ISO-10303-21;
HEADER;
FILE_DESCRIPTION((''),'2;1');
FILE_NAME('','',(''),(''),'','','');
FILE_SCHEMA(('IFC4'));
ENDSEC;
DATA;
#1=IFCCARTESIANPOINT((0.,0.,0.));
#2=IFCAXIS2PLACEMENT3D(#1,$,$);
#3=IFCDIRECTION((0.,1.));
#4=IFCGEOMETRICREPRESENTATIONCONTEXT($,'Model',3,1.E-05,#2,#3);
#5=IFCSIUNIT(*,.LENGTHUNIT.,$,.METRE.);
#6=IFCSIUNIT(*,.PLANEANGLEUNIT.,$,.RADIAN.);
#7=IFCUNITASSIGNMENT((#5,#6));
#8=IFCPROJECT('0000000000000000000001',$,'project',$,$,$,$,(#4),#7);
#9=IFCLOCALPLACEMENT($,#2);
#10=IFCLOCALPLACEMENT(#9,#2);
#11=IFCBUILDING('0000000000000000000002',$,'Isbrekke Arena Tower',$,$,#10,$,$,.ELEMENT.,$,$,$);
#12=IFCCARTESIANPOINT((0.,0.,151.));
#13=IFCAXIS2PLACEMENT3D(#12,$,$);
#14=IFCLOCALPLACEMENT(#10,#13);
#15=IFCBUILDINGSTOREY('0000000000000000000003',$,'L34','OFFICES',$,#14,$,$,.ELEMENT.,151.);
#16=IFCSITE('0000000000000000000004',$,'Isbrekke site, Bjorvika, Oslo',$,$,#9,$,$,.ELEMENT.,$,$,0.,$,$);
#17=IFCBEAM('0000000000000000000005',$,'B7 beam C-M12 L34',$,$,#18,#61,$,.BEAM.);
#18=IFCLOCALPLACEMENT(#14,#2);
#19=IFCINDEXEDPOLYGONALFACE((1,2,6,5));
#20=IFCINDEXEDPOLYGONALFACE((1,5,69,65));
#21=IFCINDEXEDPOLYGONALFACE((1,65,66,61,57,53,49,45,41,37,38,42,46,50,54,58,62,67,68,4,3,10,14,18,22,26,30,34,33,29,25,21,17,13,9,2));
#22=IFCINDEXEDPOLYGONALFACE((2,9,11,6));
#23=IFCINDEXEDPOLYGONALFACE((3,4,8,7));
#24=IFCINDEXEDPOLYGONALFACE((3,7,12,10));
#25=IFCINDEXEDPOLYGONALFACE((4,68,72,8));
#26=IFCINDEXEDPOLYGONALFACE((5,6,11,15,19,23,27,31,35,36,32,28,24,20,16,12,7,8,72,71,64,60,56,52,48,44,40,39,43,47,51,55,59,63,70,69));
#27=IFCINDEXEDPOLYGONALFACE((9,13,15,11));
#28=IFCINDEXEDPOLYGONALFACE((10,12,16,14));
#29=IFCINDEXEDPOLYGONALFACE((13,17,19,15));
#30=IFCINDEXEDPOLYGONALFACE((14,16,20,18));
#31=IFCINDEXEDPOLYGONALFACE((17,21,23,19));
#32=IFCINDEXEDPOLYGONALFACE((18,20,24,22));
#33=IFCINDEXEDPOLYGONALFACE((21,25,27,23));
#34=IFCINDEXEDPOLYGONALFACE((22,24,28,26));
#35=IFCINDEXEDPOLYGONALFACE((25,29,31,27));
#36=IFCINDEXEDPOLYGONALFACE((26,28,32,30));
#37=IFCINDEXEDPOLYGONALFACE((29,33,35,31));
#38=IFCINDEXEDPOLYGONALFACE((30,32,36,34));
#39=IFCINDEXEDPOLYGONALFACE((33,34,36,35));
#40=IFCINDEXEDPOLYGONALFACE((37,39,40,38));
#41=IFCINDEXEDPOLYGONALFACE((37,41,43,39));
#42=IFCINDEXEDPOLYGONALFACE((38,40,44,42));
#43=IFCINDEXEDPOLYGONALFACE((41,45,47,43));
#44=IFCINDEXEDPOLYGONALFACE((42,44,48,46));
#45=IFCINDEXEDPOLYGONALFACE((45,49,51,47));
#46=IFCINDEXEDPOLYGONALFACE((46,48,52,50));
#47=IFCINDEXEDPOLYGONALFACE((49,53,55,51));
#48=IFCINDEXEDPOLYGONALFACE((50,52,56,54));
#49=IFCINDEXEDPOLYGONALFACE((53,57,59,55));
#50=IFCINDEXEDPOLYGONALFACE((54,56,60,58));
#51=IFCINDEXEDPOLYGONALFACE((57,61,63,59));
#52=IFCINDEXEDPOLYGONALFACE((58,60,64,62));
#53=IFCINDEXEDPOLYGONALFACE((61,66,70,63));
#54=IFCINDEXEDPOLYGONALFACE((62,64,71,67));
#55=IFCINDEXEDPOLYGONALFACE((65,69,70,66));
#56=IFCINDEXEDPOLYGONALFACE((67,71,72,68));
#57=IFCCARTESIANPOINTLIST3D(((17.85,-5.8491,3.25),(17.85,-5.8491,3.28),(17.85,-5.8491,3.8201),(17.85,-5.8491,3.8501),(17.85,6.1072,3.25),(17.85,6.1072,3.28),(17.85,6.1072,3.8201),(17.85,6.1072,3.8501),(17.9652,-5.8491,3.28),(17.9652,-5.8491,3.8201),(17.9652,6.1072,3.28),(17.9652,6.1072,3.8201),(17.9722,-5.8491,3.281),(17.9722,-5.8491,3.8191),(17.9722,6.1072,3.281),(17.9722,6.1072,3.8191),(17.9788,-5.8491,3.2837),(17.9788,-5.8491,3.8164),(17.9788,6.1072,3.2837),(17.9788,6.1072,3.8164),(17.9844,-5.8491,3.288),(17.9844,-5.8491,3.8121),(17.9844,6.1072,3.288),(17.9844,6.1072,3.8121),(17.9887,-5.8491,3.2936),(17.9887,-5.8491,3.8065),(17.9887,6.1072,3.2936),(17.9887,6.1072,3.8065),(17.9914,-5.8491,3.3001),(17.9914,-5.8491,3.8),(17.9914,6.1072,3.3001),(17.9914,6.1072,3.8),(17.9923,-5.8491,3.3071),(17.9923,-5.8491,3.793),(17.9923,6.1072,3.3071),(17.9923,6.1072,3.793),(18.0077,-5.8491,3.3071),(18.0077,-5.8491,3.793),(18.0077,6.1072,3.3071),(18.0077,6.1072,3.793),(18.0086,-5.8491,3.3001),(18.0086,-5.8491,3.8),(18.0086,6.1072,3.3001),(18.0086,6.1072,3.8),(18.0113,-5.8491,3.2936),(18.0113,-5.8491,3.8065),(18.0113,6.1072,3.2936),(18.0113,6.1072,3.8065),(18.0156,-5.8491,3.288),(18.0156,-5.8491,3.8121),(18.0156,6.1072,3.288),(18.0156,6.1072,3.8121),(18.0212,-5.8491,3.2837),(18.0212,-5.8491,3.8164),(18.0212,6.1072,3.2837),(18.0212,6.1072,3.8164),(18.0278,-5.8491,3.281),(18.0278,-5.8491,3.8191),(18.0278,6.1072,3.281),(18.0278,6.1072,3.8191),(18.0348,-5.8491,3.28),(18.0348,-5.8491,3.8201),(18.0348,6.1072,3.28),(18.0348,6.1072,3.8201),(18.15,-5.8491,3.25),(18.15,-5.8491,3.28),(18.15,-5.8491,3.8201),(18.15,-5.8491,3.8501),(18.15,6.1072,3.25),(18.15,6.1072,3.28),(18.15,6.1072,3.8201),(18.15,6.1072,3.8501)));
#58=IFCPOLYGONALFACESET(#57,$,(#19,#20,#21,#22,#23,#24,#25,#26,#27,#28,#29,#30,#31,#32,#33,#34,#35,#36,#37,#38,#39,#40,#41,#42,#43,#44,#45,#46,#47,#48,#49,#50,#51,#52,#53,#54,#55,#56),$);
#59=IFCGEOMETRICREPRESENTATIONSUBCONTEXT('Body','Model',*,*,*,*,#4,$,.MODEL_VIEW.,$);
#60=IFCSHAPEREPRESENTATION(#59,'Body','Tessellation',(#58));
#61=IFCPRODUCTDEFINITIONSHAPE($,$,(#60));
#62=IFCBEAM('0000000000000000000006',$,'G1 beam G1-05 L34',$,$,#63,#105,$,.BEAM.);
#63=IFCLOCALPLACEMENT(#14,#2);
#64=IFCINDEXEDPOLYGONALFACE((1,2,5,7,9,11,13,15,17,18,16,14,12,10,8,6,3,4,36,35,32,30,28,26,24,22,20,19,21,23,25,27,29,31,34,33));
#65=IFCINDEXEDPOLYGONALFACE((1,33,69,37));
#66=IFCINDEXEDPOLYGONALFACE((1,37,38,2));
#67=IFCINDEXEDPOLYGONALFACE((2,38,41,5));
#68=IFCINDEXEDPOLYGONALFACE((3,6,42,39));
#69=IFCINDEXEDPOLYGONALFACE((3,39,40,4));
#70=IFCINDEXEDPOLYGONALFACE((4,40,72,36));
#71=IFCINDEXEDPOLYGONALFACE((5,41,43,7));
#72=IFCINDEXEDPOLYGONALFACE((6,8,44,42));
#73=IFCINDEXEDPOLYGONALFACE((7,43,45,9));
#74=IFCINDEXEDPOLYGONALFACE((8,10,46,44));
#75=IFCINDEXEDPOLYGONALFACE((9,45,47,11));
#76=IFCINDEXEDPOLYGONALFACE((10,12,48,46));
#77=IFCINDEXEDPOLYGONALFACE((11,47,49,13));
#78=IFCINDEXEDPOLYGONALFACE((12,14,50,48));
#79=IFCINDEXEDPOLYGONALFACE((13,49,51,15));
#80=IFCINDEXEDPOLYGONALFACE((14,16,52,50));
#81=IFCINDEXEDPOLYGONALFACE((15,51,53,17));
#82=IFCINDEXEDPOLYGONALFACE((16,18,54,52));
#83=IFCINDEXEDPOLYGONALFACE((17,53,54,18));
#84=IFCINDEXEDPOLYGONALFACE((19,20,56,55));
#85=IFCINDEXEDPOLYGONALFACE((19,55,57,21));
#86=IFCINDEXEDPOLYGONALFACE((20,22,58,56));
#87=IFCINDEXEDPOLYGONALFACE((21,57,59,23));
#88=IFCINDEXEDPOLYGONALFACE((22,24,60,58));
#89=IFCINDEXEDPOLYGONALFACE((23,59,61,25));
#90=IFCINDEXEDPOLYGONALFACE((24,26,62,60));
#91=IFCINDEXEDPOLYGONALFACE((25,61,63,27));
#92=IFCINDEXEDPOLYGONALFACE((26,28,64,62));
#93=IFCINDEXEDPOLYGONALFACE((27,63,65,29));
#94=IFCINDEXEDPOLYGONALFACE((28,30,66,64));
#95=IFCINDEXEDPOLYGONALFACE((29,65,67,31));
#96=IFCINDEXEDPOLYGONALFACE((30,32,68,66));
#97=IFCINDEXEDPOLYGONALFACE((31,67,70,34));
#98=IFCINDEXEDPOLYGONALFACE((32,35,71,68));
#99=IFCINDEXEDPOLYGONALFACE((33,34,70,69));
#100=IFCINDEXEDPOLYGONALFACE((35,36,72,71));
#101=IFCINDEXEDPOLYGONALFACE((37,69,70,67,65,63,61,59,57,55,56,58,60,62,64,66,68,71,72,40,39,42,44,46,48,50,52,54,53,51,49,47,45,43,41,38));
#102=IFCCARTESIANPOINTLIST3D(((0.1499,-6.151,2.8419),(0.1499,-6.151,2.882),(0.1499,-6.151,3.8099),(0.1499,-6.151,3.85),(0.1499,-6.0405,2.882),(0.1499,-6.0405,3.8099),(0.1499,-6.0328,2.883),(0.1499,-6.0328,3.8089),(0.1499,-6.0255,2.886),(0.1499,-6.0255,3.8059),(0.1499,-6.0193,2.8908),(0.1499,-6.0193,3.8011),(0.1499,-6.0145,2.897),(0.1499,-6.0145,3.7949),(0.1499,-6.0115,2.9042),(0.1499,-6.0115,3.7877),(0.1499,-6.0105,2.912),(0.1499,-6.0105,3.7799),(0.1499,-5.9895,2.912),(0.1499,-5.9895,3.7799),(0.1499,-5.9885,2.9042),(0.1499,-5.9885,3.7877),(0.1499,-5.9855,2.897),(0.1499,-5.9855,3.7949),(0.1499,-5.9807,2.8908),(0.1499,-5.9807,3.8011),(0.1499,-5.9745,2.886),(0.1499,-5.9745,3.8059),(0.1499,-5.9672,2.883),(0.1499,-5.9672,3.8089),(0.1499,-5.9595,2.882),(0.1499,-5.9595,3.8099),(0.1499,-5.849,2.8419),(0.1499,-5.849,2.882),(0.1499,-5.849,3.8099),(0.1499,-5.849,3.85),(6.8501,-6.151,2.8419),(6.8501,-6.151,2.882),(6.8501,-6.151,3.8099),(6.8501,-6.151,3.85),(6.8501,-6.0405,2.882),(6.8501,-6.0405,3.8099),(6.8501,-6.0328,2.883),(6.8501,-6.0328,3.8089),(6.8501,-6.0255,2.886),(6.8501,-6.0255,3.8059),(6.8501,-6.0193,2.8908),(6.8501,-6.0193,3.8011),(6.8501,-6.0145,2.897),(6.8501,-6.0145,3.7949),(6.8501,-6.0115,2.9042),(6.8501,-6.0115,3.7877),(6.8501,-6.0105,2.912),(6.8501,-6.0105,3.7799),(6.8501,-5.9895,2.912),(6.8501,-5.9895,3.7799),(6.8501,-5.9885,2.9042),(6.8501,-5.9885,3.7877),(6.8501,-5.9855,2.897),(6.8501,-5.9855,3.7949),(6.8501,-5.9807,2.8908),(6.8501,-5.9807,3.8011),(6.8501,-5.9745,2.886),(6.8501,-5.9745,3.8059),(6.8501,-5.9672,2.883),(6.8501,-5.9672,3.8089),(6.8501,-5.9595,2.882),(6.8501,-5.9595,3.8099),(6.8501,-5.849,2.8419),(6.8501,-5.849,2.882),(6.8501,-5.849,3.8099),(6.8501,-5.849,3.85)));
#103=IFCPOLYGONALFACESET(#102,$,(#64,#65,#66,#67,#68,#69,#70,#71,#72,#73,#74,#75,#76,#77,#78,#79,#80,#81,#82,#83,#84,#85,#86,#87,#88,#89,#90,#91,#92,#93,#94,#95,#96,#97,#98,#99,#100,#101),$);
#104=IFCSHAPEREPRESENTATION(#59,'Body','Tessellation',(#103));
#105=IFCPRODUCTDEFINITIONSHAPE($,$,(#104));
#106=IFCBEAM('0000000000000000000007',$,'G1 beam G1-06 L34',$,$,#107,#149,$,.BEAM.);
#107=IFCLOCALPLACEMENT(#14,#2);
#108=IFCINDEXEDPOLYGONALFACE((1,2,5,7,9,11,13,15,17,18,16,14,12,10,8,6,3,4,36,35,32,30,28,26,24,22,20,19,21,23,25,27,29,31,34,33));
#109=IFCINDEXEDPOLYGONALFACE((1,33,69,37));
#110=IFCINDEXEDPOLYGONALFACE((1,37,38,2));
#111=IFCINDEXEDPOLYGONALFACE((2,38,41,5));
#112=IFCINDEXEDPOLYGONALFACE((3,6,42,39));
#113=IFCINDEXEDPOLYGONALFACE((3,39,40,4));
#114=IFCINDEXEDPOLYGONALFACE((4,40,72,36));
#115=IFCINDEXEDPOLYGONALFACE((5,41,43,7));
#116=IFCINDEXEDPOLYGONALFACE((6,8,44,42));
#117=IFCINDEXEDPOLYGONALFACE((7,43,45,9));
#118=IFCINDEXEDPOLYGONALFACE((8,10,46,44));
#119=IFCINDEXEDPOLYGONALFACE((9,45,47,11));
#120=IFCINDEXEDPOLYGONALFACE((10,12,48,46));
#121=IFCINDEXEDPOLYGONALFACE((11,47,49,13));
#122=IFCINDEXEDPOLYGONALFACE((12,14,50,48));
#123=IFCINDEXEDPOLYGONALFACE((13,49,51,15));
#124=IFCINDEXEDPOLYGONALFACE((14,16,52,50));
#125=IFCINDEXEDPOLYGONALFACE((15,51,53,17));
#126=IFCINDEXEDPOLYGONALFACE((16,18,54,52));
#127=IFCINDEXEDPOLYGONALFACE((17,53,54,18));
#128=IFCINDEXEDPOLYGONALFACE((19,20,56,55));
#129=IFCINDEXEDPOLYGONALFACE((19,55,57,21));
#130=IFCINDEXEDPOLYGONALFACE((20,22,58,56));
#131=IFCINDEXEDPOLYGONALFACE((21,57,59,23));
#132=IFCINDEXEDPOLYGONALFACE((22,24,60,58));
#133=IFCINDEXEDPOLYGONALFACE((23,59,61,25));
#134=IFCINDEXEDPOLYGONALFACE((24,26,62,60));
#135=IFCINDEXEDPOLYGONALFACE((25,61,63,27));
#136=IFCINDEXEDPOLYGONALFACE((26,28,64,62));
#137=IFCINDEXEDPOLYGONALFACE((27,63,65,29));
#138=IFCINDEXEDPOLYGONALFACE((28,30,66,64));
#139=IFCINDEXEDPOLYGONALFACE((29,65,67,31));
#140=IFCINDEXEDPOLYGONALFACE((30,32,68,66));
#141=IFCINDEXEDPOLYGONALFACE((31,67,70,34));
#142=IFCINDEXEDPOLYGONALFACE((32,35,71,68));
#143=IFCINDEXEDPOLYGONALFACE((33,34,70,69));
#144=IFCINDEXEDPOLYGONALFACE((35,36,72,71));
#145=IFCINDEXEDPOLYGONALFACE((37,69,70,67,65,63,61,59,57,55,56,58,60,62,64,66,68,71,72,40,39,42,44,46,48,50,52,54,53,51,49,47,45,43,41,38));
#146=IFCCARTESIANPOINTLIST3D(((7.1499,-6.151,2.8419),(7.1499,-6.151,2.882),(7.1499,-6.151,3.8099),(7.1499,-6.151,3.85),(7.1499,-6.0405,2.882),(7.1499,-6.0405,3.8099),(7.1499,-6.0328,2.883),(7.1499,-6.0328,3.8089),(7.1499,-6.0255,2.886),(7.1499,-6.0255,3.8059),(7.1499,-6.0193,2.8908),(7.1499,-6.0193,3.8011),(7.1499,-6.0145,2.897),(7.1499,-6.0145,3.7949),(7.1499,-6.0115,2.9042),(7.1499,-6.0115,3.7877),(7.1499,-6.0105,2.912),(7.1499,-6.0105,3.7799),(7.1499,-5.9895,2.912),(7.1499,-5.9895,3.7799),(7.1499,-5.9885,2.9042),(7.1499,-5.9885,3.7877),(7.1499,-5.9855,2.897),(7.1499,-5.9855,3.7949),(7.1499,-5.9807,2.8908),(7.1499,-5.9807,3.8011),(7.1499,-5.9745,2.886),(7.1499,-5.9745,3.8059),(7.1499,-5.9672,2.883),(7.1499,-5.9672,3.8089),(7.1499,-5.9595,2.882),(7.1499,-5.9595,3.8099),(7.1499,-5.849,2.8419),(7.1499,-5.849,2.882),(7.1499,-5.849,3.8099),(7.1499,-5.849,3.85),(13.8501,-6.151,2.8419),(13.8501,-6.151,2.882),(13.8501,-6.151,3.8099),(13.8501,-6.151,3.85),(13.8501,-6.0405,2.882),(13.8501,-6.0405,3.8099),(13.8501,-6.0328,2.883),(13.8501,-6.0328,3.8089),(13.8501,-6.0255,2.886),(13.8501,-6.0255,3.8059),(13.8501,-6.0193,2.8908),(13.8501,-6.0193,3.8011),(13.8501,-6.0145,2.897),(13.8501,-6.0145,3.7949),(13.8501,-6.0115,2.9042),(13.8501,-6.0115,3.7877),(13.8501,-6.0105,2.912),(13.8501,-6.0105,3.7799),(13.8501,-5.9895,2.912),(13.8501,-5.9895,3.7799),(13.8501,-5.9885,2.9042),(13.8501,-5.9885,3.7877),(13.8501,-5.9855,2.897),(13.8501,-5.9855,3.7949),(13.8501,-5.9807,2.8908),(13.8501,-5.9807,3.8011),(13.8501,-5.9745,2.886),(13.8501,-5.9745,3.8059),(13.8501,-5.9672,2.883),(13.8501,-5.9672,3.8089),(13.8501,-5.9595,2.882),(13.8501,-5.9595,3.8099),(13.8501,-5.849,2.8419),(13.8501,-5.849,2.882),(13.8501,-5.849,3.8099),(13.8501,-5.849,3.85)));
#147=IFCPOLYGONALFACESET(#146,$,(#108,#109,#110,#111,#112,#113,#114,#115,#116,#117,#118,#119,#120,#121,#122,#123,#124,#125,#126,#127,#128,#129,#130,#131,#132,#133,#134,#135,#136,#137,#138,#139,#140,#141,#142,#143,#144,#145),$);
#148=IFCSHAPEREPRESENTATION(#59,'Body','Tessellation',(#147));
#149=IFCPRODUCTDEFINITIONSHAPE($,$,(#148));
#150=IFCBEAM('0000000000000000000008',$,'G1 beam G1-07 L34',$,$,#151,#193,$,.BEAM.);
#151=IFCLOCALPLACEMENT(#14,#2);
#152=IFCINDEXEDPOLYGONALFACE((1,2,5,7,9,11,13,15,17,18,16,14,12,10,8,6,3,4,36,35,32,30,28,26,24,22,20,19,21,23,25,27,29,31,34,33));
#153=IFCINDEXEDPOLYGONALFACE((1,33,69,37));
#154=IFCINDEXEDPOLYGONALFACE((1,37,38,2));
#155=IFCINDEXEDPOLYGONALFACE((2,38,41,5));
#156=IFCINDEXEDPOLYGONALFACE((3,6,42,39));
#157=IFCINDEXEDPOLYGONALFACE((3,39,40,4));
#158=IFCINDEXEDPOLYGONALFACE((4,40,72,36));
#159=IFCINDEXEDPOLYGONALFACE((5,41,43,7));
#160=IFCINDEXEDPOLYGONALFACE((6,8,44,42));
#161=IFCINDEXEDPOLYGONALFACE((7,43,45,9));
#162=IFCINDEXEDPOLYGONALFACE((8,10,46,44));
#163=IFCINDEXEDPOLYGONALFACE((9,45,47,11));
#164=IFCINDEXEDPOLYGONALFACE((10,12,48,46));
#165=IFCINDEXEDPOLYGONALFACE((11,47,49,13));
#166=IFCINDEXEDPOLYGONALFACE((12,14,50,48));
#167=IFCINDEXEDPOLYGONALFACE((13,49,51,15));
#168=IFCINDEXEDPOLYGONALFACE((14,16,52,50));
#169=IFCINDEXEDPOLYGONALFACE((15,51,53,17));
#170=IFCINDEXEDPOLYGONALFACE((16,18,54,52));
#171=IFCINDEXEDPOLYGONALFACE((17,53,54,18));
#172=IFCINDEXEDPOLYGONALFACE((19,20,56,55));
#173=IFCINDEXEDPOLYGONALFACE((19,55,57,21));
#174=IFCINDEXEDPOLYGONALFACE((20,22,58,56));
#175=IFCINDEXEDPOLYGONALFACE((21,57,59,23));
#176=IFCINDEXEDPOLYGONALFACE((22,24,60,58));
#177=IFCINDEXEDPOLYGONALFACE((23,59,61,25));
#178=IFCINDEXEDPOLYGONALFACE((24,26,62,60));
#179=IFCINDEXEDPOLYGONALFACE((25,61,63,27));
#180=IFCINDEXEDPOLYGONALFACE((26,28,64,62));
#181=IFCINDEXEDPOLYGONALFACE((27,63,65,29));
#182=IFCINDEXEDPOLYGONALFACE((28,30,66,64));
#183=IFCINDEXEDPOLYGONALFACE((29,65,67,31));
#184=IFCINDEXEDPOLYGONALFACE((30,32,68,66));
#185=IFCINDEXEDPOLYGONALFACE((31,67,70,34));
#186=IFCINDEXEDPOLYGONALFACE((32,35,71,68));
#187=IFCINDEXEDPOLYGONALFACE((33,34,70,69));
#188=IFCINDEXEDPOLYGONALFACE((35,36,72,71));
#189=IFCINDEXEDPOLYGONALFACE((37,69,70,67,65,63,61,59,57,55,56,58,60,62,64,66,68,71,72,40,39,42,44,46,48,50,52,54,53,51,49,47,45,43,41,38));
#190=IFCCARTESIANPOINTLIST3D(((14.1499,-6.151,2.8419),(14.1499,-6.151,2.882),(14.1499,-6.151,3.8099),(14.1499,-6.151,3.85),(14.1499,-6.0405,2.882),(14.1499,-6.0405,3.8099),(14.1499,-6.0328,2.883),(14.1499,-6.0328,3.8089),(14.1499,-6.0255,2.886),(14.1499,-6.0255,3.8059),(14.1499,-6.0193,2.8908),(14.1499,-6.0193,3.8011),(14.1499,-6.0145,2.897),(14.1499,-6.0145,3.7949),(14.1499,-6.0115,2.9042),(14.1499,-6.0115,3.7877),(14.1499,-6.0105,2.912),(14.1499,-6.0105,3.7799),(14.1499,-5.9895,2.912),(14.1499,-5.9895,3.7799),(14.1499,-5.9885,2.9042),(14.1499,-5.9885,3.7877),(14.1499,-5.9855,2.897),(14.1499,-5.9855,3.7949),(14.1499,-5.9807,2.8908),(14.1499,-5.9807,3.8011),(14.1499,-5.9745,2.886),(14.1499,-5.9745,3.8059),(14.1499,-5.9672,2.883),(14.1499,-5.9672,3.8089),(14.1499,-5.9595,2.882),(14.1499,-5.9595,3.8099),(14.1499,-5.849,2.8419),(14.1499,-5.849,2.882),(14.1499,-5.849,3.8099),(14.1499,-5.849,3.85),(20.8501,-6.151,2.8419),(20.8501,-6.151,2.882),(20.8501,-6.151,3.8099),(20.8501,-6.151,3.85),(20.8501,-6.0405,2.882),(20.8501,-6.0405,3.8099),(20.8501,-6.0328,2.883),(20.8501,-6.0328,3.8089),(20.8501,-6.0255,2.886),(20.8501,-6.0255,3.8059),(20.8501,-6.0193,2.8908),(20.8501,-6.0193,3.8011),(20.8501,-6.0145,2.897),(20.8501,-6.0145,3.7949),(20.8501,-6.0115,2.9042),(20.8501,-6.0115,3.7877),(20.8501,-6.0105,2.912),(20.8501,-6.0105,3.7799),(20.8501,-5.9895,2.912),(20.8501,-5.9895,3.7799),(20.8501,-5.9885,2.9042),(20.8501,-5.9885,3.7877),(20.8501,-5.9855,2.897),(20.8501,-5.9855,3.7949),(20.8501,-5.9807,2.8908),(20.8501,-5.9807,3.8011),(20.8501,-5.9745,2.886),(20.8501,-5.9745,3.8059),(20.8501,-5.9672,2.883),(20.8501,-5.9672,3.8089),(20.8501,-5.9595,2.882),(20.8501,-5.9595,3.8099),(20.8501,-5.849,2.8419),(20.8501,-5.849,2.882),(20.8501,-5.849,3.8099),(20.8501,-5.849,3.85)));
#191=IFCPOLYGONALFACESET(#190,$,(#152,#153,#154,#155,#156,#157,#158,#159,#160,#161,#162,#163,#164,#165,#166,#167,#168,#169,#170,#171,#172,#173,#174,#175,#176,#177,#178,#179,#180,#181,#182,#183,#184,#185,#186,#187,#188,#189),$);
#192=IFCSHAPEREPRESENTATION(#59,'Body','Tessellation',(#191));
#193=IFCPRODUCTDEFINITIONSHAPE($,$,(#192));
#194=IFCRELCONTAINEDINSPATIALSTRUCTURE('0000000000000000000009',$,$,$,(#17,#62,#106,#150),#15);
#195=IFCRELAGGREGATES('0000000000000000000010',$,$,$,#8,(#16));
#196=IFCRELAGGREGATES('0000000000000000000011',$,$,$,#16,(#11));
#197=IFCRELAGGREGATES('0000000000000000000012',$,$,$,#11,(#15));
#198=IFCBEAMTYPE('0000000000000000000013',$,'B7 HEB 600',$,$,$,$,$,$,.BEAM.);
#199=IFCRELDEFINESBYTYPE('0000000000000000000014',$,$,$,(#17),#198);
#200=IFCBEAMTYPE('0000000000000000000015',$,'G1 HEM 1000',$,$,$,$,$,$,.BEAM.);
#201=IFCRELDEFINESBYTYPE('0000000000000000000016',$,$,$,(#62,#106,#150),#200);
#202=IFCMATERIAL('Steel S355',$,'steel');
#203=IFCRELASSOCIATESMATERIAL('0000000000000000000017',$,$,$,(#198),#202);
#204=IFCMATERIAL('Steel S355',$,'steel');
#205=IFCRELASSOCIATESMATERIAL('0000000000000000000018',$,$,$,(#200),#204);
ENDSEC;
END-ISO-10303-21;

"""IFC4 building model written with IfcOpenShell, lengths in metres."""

from ifc_helpers import new_model, si_unit, direction, frame, origin, origin_2d, place, context, subcontext, project, spatial, i_section, extrude, material, material_profile, profile_set, type_object, element, save


model = new_model("IFC4")

# Units and contexts
model_context = context("Model", 3, precision=1e-05, world=origin(), true_north=direction((0.0, 1.0)))
body_context = subcontext(model_context, "Body", "Model", "MODEL_VIEW")
ifc_project = project(units=[si_unit("LENGTHUNIT", "METRE"), si_unit("PLANEANGLEUNIT", "RADIAN")], contexts=[model_context])

# Site, building, storey
site_placement = place(None, origin())
site = spatial("IfcSite", under=ifc_project, at=site_placement, Name="Isbrekke site, Bjorvika, Oslo", CompositionType="ELEMENT", RefElevation=0.0)
building_placement = place(site_placement, origin())
building = spatial("IfcBuilding", under=site, at=building_placement, Name="Isbrekke Arena Tower", CompositionType="ELEMENT")
storey_placement = place(building_placement, frame((0.0, 0.0, 151.0)))
storey = spatial("IfcBuildingStorey", under=building, at=storey_placement, Name="L34", Description="OFFICES", CompositionType="ELEMENT", Elevation=151.0)

# Beams
ifc_material_1 = material(Name="Steel S355", Category="steel")
ifc_material_profile_1 = material_profile(ifc_material_1, i_section(OverallWidth=0.3, OverallDepth=0.6001, WebThickness=0.0154, FlangeThickness=0.03, FilletRadius=0.0271, at=origin_2d()), Name="HEB 600")
ifc_profile_set_1 = profile_set([ifc_material_profile_1], Name="Steel S355")
beam_type_1 = type_object("IfcBeamType", Name="B7 HEB 600", PredefinedType="BEAM", material=ifc_profile_set_1)
beam_1_placement = place(storey_placement, frame((18.0, -5.8491, 3.55), z_axis=(0.0, 1.0, 0.0), x_axis=(-1.0, 0.0, 0.0)))
element("IfcBeam", 1, at=beam_1_placement, inside=storey, type_object=beam_type_1, Name="B7 beam C-M12 L34", PredefinedType="BEAM", context=body_context, shape_type="SweptSolid", body=[
    extrude(i_section(OverallWidth=0.3, OverallDepth=0.6001, WebThickness=0.0154, FlangeThickness=0.03, FilletRadius=0.0271, at=origin_2d()), origin(), (0.0, 0.0, 1.0), 11.9563),
])
ifc_material_2 = material(Name="Steel S355", Category="steel")
ifc_material_profile_2 = material_profile(ifc_material_2, i_section(OverallWidth=0.302, OverallDepth=1.0081, WebThickness=0.021, FlangeThickness=0.04, FilletRadius=0.03, at=origin_2d()), Name="HEM 1000")
ifc_profile_set_2 = profile_set([ifc_material_profile_2], Name="Steel S355")
beam_type_2 = type_object("IfcBeamType", Name="G1 HEM 1000", PredefinedType="BEAM", material=ifc_profile_set_2)
for number, where, z_axis, x_axis, name in (
    (2, (0.1499, -6.0, 3.3459), (1.0, 0.0, 0.0), (0.0, 1.0, 0.0), "G1 beam G1-05 L34"),
    (3, (7.1499, -6.0, 3.3459), (1.0, 0.0, 0.0), (0.0, 1.0, 0.0), "G1 beam G1-06 L34"),
    (4, (14.1499, -6.0, 3.3459), (1.0, 0.0, 0.0), (0.0, 1.0, 0.0), "G1 beam G1-07 L34"),
):
    element("IfcBeam", number, at=place(storey_placement, frame(where, z_axis=z_axis, x_axis=x_axis)), inside=storey, type_object=beam_type_2, Name=name, PredefinedType="BEAM", context=body_context, shape_type="SweptSolid", body=[
        extrude(i_section(OverallWidth=0.302, OverallDepth=1.0081, WebThickness=0.021, FlangeThickness=0.04, FilletRadius=0.03, at=origin_2d()), origin(), (0.0, 0.0, 1.0), 6.7002),
    ])

save(model, "model.ifc")
